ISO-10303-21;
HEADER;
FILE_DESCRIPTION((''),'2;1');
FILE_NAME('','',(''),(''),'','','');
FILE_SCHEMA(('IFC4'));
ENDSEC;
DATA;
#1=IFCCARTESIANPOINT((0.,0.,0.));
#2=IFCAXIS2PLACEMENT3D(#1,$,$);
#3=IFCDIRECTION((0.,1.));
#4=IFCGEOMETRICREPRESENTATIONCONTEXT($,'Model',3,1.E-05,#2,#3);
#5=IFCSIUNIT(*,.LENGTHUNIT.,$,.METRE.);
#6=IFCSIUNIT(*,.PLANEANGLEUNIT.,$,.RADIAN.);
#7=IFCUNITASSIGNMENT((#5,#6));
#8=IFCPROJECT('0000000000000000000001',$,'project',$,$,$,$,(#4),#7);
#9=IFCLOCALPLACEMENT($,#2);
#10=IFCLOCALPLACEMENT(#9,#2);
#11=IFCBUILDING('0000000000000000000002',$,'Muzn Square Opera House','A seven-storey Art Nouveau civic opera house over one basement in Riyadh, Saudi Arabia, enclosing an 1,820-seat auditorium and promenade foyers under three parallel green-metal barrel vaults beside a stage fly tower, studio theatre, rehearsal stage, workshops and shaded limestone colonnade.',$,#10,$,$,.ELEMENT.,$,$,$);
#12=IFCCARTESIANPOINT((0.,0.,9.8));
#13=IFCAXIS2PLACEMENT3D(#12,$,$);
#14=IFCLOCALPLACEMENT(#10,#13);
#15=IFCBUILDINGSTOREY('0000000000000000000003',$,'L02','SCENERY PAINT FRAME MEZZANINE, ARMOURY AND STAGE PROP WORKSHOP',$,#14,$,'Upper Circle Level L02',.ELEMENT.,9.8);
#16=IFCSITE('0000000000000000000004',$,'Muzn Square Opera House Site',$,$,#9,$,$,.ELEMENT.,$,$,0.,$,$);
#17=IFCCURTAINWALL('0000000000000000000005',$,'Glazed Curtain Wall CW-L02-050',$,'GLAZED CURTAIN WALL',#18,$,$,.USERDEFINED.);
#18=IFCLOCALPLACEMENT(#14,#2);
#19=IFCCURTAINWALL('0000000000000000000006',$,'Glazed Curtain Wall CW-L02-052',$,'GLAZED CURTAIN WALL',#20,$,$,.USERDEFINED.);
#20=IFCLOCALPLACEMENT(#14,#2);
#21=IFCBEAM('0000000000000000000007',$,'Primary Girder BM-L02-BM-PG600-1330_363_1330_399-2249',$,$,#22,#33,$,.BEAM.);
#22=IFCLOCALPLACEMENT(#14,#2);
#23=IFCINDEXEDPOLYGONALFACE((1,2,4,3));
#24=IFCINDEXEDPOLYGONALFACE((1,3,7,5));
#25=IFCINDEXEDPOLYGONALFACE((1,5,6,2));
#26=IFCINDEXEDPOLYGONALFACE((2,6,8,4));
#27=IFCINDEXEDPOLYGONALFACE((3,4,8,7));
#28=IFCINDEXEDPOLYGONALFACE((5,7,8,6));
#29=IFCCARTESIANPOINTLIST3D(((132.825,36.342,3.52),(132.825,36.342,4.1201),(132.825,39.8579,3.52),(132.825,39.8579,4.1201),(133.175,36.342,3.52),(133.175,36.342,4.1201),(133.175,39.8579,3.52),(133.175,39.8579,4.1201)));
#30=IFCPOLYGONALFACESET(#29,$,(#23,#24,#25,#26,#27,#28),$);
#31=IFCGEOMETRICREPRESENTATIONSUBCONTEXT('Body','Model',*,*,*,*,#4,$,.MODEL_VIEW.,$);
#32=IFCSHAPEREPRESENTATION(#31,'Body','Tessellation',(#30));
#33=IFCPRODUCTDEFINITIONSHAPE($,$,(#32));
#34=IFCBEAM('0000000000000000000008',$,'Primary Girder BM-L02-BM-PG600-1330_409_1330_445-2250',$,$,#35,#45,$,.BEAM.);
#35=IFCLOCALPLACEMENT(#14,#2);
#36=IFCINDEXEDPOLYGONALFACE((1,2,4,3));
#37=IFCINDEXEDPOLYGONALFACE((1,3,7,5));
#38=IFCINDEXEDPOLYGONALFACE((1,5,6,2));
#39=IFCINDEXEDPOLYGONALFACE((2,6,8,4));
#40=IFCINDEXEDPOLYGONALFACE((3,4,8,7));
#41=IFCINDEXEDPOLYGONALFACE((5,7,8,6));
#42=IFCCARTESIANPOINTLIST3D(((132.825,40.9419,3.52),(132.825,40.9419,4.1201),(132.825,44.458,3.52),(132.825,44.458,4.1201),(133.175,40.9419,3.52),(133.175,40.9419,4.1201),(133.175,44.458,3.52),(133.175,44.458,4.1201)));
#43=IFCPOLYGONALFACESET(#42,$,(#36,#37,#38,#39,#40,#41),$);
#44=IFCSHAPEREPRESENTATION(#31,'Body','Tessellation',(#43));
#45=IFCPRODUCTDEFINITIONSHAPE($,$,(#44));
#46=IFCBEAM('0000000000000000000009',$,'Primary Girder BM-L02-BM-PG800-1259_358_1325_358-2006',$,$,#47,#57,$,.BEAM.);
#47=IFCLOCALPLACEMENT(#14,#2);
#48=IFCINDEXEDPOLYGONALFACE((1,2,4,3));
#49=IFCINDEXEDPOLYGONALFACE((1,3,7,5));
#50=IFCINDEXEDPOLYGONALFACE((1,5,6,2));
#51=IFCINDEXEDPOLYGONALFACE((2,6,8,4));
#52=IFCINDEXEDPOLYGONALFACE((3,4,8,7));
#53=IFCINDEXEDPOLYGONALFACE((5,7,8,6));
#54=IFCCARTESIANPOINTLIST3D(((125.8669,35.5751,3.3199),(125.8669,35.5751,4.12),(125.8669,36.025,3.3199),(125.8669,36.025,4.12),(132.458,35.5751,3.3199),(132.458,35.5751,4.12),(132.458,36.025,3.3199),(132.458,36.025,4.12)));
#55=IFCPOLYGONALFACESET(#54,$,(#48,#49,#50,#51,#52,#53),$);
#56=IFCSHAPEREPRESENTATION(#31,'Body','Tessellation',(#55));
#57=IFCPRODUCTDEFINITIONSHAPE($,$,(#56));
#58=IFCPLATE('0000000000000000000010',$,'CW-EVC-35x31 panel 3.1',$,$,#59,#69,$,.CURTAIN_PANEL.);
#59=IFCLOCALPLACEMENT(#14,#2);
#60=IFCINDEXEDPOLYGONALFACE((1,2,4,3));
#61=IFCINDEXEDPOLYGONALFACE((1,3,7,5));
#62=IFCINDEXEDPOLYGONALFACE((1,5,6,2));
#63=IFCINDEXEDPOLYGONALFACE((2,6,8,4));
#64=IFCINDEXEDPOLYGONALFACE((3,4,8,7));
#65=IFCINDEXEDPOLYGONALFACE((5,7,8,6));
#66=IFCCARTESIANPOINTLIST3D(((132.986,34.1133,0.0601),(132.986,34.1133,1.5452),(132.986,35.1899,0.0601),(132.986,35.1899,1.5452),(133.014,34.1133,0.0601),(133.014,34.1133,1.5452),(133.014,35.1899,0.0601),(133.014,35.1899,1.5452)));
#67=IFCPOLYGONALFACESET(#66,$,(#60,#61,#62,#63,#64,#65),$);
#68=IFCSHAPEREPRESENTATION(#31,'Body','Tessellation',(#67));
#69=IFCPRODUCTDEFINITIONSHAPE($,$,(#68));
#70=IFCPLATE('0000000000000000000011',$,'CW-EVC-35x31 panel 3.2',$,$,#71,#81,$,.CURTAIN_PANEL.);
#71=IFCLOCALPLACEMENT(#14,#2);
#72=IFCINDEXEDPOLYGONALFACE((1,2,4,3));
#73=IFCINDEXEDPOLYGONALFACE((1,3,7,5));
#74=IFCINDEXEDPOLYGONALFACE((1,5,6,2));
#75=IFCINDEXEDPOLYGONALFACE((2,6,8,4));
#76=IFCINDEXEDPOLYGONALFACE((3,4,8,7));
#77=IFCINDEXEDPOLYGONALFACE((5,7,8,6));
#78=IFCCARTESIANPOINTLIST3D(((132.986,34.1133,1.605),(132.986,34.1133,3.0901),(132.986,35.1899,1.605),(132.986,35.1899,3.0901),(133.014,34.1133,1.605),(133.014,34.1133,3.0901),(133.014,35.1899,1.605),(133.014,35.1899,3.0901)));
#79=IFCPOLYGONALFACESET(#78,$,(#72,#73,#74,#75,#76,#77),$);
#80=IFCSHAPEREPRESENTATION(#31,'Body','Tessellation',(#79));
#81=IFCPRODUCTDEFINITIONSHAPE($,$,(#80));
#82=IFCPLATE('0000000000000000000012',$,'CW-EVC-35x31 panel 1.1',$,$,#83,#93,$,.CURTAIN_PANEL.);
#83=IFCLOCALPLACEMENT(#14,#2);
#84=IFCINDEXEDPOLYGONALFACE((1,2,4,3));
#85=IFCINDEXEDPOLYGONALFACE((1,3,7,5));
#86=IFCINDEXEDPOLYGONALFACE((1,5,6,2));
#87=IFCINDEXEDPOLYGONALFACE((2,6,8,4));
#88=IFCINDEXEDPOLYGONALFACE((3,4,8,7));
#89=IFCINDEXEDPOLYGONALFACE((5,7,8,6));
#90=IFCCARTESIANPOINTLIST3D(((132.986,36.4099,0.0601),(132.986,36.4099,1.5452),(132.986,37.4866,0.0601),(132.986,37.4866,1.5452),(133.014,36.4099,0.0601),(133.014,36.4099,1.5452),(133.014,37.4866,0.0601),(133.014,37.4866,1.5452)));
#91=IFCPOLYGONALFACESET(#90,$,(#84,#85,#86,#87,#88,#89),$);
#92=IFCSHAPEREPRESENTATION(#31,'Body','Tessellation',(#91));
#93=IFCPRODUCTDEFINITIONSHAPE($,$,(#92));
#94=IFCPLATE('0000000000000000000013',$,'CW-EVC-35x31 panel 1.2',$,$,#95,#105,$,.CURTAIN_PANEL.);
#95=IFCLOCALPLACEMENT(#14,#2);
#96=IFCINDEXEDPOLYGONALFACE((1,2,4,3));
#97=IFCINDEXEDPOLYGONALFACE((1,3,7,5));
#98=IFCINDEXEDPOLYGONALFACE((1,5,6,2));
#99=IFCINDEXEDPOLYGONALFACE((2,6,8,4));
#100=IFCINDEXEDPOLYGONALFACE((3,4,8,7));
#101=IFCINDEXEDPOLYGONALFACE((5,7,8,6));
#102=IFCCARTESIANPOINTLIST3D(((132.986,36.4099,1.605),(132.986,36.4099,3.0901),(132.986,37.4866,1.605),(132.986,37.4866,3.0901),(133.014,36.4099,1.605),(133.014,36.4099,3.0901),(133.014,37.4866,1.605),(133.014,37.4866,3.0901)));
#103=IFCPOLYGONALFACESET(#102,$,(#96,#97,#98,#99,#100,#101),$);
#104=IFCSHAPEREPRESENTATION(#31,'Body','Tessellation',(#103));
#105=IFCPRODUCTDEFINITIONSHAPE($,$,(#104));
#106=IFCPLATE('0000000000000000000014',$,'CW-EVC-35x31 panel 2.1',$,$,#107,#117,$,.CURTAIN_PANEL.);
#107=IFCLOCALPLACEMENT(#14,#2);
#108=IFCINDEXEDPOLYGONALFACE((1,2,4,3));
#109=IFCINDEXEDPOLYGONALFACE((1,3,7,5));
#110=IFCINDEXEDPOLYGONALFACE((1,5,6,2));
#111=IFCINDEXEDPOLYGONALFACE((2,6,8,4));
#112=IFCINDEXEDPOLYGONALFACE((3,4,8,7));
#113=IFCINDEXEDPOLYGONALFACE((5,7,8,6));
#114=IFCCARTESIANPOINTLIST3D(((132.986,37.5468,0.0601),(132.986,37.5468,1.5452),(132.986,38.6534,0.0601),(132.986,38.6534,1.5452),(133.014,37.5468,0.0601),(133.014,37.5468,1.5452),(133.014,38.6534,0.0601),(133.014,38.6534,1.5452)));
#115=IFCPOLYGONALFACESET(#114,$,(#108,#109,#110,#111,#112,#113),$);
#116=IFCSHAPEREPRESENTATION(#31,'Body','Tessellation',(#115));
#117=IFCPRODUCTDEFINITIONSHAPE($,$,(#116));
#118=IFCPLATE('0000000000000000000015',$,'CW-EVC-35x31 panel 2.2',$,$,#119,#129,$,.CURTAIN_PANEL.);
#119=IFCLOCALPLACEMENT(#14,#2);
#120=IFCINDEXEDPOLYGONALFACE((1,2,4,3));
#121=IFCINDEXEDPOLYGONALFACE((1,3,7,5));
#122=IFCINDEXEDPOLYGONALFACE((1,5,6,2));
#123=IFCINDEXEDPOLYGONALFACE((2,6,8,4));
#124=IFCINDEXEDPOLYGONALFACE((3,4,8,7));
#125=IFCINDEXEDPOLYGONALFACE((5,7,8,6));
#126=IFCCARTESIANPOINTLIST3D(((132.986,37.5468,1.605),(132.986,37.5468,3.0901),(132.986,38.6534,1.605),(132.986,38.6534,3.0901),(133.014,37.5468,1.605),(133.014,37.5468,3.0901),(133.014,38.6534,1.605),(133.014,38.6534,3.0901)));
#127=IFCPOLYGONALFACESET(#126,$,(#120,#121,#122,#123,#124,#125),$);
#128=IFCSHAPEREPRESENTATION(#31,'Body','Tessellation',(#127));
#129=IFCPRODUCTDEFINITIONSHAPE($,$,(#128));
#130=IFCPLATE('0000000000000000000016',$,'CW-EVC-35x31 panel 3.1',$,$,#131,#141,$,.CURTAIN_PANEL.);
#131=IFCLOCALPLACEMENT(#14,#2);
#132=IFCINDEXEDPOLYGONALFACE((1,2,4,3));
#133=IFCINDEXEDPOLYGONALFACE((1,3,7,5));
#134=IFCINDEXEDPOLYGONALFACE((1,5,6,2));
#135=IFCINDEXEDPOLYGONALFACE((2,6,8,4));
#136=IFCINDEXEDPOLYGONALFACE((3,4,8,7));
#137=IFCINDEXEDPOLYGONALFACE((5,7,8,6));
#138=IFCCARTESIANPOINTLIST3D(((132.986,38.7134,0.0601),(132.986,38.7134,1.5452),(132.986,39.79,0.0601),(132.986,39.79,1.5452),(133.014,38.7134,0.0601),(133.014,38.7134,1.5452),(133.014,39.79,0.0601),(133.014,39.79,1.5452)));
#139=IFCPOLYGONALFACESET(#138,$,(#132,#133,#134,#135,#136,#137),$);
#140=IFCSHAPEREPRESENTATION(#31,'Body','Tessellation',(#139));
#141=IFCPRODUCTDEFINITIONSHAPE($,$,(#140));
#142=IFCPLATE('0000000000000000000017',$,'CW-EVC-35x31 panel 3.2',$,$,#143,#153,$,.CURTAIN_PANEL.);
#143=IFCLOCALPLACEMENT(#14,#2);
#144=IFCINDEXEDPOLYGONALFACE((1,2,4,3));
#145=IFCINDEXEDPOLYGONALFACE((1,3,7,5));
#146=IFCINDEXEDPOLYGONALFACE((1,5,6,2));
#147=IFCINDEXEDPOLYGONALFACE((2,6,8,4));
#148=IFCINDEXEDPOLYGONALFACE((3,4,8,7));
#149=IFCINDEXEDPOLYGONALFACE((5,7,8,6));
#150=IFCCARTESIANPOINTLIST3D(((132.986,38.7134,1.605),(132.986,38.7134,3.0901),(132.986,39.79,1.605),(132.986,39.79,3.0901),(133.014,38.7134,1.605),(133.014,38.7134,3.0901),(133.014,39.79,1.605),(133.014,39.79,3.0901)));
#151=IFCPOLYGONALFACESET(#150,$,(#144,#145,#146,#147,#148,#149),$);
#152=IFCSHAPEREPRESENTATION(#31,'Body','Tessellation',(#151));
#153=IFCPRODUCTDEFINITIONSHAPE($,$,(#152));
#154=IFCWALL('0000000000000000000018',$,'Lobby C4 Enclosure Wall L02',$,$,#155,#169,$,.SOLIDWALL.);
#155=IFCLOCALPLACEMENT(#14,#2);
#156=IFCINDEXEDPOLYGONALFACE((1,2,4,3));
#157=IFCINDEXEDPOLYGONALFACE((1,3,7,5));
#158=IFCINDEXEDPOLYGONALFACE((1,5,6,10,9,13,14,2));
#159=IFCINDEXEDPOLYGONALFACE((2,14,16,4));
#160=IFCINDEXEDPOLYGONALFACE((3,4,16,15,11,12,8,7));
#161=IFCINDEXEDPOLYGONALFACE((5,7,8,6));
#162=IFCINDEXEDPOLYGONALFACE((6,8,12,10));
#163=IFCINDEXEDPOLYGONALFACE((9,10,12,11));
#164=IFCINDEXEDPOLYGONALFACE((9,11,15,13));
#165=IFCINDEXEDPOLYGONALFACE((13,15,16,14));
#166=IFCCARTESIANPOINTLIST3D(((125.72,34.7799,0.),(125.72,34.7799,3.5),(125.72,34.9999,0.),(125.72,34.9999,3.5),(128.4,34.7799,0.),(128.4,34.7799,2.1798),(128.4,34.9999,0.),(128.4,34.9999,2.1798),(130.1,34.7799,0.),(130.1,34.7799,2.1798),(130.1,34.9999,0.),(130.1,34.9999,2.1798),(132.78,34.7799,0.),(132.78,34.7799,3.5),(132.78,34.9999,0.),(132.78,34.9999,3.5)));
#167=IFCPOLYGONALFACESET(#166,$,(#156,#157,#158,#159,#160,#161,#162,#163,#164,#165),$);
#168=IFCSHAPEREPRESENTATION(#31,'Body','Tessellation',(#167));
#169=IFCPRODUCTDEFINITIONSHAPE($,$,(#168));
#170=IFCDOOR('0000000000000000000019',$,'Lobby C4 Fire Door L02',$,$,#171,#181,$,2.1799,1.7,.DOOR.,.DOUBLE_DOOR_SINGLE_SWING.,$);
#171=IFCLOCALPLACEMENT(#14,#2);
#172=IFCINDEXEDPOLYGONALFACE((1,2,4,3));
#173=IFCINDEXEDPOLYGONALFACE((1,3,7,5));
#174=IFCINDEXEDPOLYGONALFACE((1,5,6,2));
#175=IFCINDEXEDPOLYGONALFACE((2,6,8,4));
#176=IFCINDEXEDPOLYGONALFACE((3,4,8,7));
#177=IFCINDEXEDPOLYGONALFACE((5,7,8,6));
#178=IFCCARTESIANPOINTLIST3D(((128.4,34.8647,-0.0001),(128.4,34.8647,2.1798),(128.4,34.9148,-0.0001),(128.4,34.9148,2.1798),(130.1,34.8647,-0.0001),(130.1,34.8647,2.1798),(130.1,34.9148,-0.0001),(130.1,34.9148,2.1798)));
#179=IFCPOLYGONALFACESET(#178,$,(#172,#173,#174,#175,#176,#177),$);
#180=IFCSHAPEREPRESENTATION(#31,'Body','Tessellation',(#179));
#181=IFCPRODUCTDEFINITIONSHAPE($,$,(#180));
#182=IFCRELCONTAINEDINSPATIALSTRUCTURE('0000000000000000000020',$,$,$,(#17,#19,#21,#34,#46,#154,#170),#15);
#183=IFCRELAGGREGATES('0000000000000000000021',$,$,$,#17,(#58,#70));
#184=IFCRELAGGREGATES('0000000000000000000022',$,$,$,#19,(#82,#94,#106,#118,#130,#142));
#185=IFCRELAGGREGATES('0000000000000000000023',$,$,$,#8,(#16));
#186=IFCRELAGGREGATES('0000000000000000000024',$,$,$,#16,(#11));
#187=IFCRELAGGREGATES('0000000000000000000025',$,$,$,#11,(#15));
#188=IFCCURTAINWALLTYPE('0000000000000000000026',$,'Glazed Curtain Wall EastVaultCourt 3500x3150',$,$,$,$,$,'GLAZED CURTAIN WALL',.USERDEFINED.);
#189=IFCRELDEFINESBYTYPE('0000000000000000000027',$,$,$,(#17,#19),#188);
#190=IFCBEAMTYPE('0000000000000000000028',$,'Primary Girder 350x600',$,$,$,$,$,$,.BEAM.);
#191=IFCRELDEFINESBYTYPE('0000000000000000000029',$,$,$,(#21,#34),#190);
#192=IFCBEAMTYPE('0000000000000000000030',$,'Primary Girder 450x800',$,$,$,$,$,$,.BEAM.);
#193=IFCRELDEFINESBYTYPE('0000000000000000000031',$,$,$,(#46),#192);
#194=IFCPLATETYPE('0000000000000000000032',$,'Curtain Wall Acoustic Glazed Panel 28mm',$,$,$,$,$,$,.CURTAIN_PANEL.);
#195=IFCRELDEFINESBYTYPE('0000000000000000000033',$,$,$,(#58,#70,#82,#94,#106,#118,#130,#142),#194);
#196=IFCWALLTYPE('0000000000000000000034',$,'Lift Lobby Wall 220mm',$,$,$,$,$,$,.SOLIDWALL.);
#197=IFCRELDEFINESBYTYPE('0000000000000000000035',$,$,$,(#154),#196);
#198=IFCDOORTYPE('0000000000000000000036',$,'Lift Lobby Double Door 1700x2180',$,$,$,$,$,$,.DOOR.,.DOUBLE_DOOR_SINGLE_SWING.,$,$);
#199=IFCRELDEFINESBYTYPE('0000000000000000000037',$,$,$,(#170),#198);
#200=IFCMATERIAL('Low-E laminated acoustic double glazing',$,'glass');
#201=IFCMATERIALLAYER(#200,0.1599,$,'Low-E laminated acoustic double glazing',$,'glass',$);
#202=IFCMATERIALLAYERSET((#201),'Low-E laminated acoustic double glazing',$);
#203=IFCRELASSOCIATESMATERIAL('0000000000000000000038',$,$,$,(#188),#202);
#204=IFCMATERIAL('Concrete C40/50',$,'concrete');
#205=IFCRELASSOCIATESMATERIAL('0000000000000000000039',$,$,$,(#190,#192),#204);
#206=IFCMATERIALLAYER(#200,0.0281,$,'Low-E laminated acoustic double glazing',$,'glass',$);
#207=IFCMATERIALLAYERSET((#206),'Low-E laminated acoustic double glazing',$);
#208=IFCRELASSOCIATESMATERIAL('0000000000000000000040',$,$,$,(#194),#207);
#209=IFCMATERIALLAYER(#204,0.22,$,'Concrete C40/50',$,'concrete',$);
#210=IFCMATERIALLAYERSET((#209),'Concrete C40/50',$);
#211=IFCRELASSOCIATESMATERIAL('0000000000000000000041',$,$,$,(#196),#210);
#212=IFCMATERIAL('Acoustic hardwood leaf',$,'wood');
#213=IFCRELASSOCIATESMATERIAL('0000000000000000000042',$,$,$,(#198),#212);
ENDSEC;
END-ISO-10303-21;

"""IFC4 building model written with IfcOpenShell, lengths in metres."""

from ifc_helpers import new_model, si_unit, direction, frame, frame_2d, origin, origin_2d, place, context, subcontext, project, spatial, rectangle, extrude, material, layer, layer_set, material_profile, profile_set, type_object, element, fill, aggregate, save


model = new_model("IFC4")

# Units and contexts
model_context = context("Model", 3, precision=1e-05, world=origin(), true_north=direction((0.0, 1.0)))
body_context = subcontext(model_context, "Body", "Model", "MODEL_VIEW")
ifc_project = project(units=[si_unit("LENGTHUNIT", "METRE"), si_unit("PLANEANGLEUNIT", "RADIAN")], contexts=[model_context])

# Site, building, storey
site_placement = place(None, origin())
site = spatial("IfcSite", under=ifc_project, at=site_placement, Name="Muzn Square Opera House Site", CompositionType="ELEMENT", RefElevation=0.0)
building_placement = place(site_placement, origin())
building = spatial("IfcBuilding", under=site, at=building_placement, Name="Muzn Square Opera House", Description="A seven-storey Art Nouveau civic opera house over one basement in Riyadh, Saudi Arabia, enclosing an 1,820-seat auditorium and promenade foyers under three parallel green-metal barrel vaults beside a stage fly tower, studio theatre, rehearsal stage, workshops and shaded limestone colonnade.", CompositionType="ELEMENT")
storey_placement = place(building_placement, frame((0.0, 0.0, 9.8)))
storey = spatial("IfcBuildingStorey", under=building, at=storey_placement, Name="L02", Description="SCENERY PAINT FRAME MEZZANINE, ARMOURY AND STAGE PROP WORKSHOP", LongName="Upper Circle Level L02", CompositionType="ELEMENT", Elevation=9.8)

# Curtain walls
ifc_material_1 = material(Name="Low-E laminated acoustic double glazing", Category="glass")
ifc_layer_1 = layer(ifc_material_1, 0.1599, Name="Low-E laminated acoustic double glazing", Category="glass")
ifc_layer_set_1 = layer_set([ifc_layer_1], Name="Low-E laminated acoustic double glazing")
curtain_wall_type = type_object("IfcCurtainWallType", Name="Glazed Curtain Wall EastVaultCourt 3500x3150", ElementType="GLAZED CURTAIN WALL", PredefinedType="USERDEFINED", material=ifc_layer_set_1)
curtain_wall_1_placement = place(storey_placement, origin())
curtain_wall_1 = element("IfcCurtainWall", 1, at=curtain_wall_1_placement, inside=storey, type_object=curtain_wall_type, Name="Glazed Curtain Wall CW-L02-050", ObjectType="GLAZED CURTAIN WALL", PredefinedType="USERDEFINED")
curtain_wall_2_placement = place(storey_placement, origin())
curtain_wall_2 = element("IfcCurtainWall", 2, at=curtain_wall_2_placement, inside=storey, type_object=curtain_wall_type, Name="Glazed Curtain Wall CW-L02-052", ObjectType="GLAZED CURTAIN WALL", PredefinedType="USERDEFINED")

# Beams
ifc_material_2 = material(Name="Concrete C40/50", Category="concrete")
ifc_material_profile_1 = material_profile(ifc_material_2, rectangle(XDim=0.3501, YDim=0.6001, at=origin_2d()), Name="RCB 350x600", Category="concrete")
ifc_profile_set_1 = profile_set([ifc_material_profile_1], Name="Concrete C40/50")
beam_type_1 = type_object("IfcBeamType", Name="Primary Girder 350x600", PredefinedType="BEAM", material=ifc_profile_set_1)
beam_1_placement = place(storey_placement, frame((133.0, 36.342, 3.8201), z_axis=(0.0, 1.0, 0.0), x_axis=(-1.0, 0.0, 0.0)))
element("IfcBeam", 3, at=beam_1_placement, inside=storey, type_object=beam_type_1, Name="Primary Girder BM-L02-BM-PG600-1330_363_1330_399-2249", PredefinedType="BEAM", context=body_context, shape_type="SweptSolid", body=[
    extrude(rectangle(XDim=0.3501, YDim=0.6001, at=origin_2d()), origin(), (0.0, 0.0, 1.0), 3.5159),
])
beam_2_placement = place(storey_placement, frame((133.0, 40.9419, 3.8201), z_axis=(0.0, 1.0, 0.0), x_axis=(-1.0, 0.0, 0.0)))
element("IfcBeam", 4, at=beam_2_placement, inside=storey, type_object=beam_type_1, Name="Primary Girder BM-L02-BM-PG600-1330_409_1330_445-2250", PredefinedType="BEAM", context=body_context, shape_type="SweptSolid", body=[
    extrude(rectangle(XDim=0.3501, YDim=0.6001, at=origin_2d()), origin(), (0.0, 0.0, 1.0), 3.5161),
])
ifc_material_profile_2 = material_profile(ifc_material_2, rectangle(XDim=0.45, YDim=0.8, at=origin_2d()), Name="RCB 450x800", Category="concrete")
ifc_profile_set_2 = profile_set([ifc_material_profile_2], Name="Concrete C40/50")
beam_type_2 = type_object("IfcBeamType", Name="Primary Girder 450x800", PredefinedType="BEAM", material=ifc_profile_set_2)
beam_3_placement = place(storey_placement, frame((125.8669, 35.8, 3.72), z_axis=(1.0, 0.0, 0.0), x_axis=(0.0, 1.0, 0.0)))
element("IfcBeam", 5, at=beam_3_placement, inside=storey, type_object=beam_type_2, Name="Primary Girder BM-L02-BM-PG800-1259_358_1325_358-2006", PredefinedType="BEAM", context=body_context, shape_type="SweptSolid", body=[
    extrude(rectangle(XDim=0.45, YDim=0.8, at=origin_2d()), origin(), (0.0, 0.0, 1.0), 6.5911),
])

# Plates
ifc_layer_2 = layer(ifc_material_1, 0.0281, Name="Low-E laminated acoustic double glazing", Category="glass")
ifc_layer_set_2 = layer_set([ifc_layer_2], Name="Low-E laminated acoustic double glazing")
plate_type = type_object("IfcPlateType", Name="Curtain Wall Acoustic Glazed Panel 28mm", PredefinedType="CURTAIN_PANEL", material=ifc_layer_set_2)
plate_1_placement = place(storey_placement, frame((133.0, 34.6516, 0.0601), z_axis=(0.0, 0.0, 1.0), x_axis=(0.0, 1.0, 0.0)))
plate_1 = element("IfcPlate", 6, at=plate_1_placement, type_object=plate_type, Name="CW-EVC-35x31 panel 3.1", PredefinedType="CURTAIN_PANEL", context=body_context, shape_type="SweptSolid", body=[
    extrude(rectangle(XDim=1.0767, YDim=0.0281, at=origin_2d()), origin(), (0.0, 0.0, 1.0), 1.4851),
])
plate_2_placement = place(storey_placement, frame((133.0, 34.6516, 1.605), z_axis=(0.0, 0.0, 1.0), x_axis=(0.0, 1.0, 0.0)))
plate_2 = element("IfcPlate", 7, at=plate_2_placement, type_object=plate_type, Name="CW-EVC-35x31 panel 3.2", PredefinedType="CURTAIN_PANEL", context=body_context, shape_type="SweptSolid", body=[
    extrude(rectangle(XDim=1.0767, YDim=0.0281, at=origin_2d()), origin(), (0.0, 0.0, 1.0), 1.4851),
])
aggregate(curtain_wall_1, [plate_1, plate_2])
plate_3_placement = place(storey_placement, frame((133.0, 36.9482, 0.0601), z_axis=(0.0, 0.0, 1.0), x_axis=(0.0, 1.0, 0.0)))
plate_3 = element("IfcPlate", 8, at=plate_3_placement, type_object=plate_type, Name="CW-EVC-35x31 panel 1.1", PredefinedType="CURTAIN_PANEL", context=body_context, shape_type="SweptSolid", body=[
    extrude(rectangle(XDim=1.0767, YDim=0.0281, at=origin_2d()), origin(), (0.0, 0.0, 1.0), 1.4851),
])
plate_4_placement = place(storey_placement, frame((133.0, 36.9482, 1.605), z_axis=(0.0, 0.0, 1.0), x_axis=(0.0, 1.0, 0.0)))
plate_4 = element("IfcPlate", 9, at=plate_4_placement, type_object=plate_type, Name="CW-EVC-35x31 panel 1.2", PredefinedType="CURTAIN_PANEL", context=body_context, shape_type="SweptSolid", body=[
    extrude(rectangle(XDim=1.0767, YDim=0.0281, at=origin_2d()), origin(), (0.0, 0.0, 1.0), 1.4851),
])
plate_5_placement = place(storey_placement, frame((133.0, 38.1001, 0.0601), z_axis=(0.0, 0.0, 1.0), x_axis=(0.0, 1.0, 0.0)))
plate_5 = element("IfcPlate", 10, at=plate_5_placement, type_object=plate_type, Name="CW-EVC-35x31 panel 2.1", PredefinedType="CURTAIN_PANEL", context=body_context, shape_type="SweptSolid", body=[
    extrude(rectangle(XDim=1.1067, YDim=0.0281, at=origin_2d()), origin(), (0.0, 0.0, 1.0), 1.4851),
])
plate_6_placement = place(storey_placement, frame((133.0, 38.1001, 1.605), z_axis=(0.0, 0.0, 1.0), x_axis=(0.0, 1.0, 0.0)))
plate_6 = element("IfcPlate", 11, at=plate_6_placement, type_object=plate_type, Name="CW-EVC-35x31 panel 2.2", PredefinedType="CURTAIN_PANEL", context=body_context, shape_type="SweptSolid", body=[
    extrude(rectangle(XDim=1.1067, YDim=0.0281, at=origin_2d()), origin(), (0.0, 0.0, 1.0), 1.4851),
])
plate_7_placement = place(storey_placement, frame((133.0, 39.2517, 0.0601), z_axis=(0.0, 0.0, 1.0), x_axis=(0.0, 1.0, 0.0)))
plate_7 = element("IfcPlate", 12, at=plate_7_placement, type_object=plate_type, Name="CW-EVC-35x31 panel 3.1", PredefinedType="CURTAIN_PANEL", context=body_context, shape_type="SweptSolid", body=[
    extrude(rectangle(XDim=1.0767, YDim=0.0281, at=origin_2d()), origin(), (0.0, 0.0, 1.0), 1.4851),
])
plate_8_placement = place(storey_placement, frame((133.0, 39.2517, 1.605), z_axis=(0.0, 0.0, 1.0), x_axis=(0.0, 1.0, 0.0)))
plate_8 = element("IfcPlate", 13, at=plate_8_placement, type_object=plate_type, Name="CW-EVC-35x31 panel 3.2", PredefinedType="CURTAIN_PANEL", context=body_context, shape_type="SweptSolid", body=[
    extrude(rectangle(XDim=1.0767, YDim=0.0281, at=origin_2d()), origin(), (0.0, 0.0, 1.0), 1.4851),
])
aggregate(curtain_wall_2, [plate_3, plate_4, plate_5, plate_6, plate_7, plate_8])

# Wall, opening, door
ifc_layer_3 = layer(ifc_material_2, 0.22, Name="Concrete C40/50", Category="concrete")
ifc_layer_set_3 = layer_set([ifc_layer_3], Name="Concrete C40/50")
wall_type = type_object("IfcWallType", Name="Lift Lobby Wall 220mm", PredefinedType="SOLIDWALL", material=ifc_layer_set_3)
wall_placement = place(storey_placement, frame((125.72, 34.8899, 0.0), z_axis=(0.0, 0.0, 1.0), x_axis=(1.0, 0.0, 0.0)))
wall = element("IfcWall", 14, at=wall_placement, inside=storey, type_object=wall_type, Name="Lobby C4 Enclosure Wall L02", PredefinedType="SOLIDWALL", context=body_context, shape_type="SweptSolid", body=[
    extrude(rectangle(XDim=7.0601, YDim=0.22, at=frame_2d((3.53, 0.0))), origin(), (0.0, 0.0, 1.0), 3.5),
])
opening_placement = place(wall_placement, frame((2.6799, 0.0, 0.0)))
opening = element("IfcOpeningElement", 15, at=opening_placement, cuts=wall, PredefinedType="OPENING", context=body_context, shape_type="SweptSolid", body=[
    extrude(rectangle(XDim=1.7, YDim=2.1799, at=frame_2d((0.8501, 1.0898))), frame((0.0, 0.1199, 0.0), z_axis=(0.0, -1.0, 0.0), x_axis=(1.0, 0.0, 0.0)), (0.0, 0.0, 1.0), 0.24),
])
ifc_material_3 = material(Name="Acoustic hardwood leaf", Category="wood")
door_type = type_object("IfcDoorType", Name="Lift Lobby Double Door 1700x2180", OperationType="DOUBLE_DOOR_SINGLE_SWING", PredefinedType="DOOR", material=ifc_material_3)
door_placement = place(opening_placement, origin())
door = element("IfcDoor", 16, at=door_placement, inside=storey, type_object=door_type, Name="Lobby C4 Fire Door L02", OperationType="DOUBLE_DOOR_SINGLE_SWING", OverallHeight=2.1799, OverallWidth=1.7, PredefinedType="DOOR", context=body_context, shape_type="SweptSolid", body=[
    extrude(rectangle(XDim=1.7, YDim=2.1799, at=frame_2d((0.8501, 1.0898))), frame((0.0, 0.0249, 0.0), z_axis=(0.0, -1.0, 0.0), x_axis=(1.0, 0.0, 0.0)), (0.0, 0.0, 1.0), 0.05),
])
fill(opening, door)

save(model, "model.ifc")
